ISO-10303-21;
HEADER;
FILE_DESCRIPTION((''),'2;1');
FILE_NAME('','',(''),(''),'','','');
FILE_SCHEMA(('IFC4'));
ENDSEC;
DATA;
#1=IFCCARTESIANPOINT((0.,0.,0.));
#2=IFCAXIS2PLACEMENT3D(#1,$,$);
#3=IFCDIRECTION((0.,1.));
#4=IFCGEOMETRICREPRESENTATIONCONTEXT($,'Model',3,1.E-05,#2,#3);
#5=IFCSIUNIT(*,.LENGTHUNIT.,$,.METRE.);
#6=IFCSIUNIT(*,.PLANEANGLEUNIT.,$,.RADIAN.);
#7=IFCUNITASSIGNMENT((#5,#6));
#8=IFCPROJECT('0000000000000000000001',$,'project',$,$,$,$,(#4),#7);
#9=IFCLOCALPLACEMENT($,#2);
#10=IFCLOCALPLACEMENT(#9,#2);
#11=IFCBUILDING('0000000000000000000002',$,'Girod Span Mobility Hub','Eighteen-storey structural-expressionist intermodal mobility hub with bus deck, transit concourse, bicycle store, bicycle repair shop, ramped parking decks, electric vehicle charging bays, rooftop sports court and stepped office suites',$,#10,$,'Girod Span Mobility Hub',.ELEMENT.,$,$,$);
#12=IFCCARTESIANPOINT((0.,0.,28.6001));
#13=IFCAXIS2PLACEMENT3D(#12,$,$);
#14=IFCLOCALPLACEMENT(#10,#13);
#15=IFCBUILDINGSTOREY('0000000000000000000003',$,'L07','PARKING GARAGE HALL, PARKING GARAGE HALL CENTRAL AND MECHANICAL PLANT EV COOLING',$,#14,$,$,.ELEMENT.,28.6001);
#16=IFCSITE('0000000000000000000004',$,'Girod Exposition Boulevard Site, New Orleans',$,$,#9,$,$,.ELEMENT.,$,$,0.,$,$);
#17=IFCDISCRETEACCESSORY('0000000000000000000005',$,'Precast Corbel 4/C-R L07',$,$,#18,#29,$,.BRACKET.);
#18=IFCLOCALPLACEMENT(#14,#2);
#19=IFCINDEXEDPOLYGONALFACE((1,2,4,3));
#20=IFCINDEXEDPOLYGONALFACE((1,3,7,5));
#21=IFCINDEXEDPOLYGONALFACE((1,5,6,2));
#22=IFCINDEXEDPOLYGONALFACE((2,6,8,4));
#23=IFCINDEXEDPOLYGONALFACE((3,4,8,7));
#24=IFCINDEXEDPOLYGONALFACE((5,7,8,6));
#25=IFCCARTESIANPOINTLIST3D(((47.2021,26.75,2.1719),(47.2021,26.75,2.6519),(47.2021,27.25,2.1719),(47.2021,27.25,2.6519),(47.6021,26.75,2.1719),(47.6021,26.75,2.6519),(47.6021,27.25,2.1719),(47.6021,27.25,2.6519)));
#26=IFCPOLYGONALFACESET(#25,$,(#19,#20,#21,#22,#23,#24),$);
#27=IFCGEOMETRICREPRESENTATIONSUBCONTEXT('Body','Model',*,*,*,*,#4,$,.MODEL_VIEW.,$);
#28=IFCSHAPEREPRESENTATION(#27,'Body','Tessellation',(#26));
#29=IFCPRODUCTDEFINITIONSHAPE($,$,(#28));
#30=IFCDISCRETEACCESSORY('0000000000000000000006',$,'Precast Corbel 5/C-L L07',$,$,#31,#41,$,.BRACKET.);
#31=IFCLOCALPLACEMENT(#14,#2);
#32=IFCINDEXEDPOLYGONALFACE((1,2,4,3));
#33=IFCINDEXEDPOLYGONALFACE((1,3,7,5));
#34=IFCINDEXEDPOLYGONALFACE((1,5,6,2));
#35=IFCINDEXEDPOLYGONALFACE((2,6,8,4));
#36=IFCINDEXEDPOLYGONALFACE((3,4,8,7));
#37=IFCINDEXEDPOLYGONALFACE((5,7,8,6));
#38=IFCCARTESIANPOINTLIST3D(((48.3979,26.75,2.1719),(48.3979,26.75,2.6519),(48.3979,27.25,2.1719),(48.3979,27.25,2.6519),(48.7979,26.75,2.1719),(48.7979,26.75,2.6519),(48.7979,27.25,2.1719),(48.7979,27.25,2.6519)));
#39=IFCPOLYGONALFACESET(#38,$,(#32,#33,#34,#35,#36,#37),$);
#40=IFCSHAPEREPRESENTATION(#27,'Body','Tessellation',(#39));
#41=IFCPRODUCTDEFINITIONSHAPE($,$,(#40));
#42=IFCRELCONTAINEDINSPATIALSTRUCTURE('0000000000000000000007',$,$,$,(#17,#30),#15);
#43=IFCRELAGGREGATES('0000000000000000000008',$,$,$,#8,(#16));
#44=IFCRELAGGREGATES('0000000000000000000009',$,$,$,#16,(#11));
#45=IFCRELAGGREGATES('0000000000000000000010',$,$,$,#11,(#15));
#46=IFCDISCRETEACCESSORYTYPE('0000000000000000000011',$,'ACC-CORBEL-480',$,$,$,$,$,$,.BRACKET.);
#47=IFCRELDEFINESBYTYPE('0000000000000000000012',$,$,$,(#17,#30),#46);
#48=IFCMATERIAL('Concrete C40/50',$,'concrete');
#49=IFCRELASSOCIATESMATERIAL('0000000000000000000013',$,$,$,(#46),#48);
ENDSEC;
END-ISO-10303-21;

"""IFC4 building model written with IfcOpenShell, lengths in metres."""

from ifc_helpers import new_model, si_unit, direction, frame, origin, origin_2d, place, context, subcontext, project, spatial, rectangle, extrude, material, type_object, element, save


model = new_model("IFC4")

# Units and contexts
model_context = context("Model", 3, precision=1e-05, world=origin(), true_north=direction((0.0, 1.0)))
body_context = subcontext(model_context, "Body", "Model", "MODEL_VIEW")
ifc_project = project(units=[si_unit("LENGTHUNIT", "METRE"), si_unit("PLANEANGLEUNIT", "RADIAN")], contexts=[model_context])

# Site, building, storey
site_placement = place(None, origin())
site = spatial("IfcSite", under=ifc_project, at=site_placement, Name="Girod Exposition Boulevard Site, New Orleans", CompositionType="ELEMENT", RefElevation=0.0)
building_placement = place(site_placement, origin())
building = spatial("IfcBuilding", under=site, at=building_placement, Name="Girod Span Mobility Hub", Description="Eighteen-storey structural-expressionist intermodal mobility hub with bus deck, transit concourse, bicycle store, bicycle repair shop, ramped parking decks, electric vehicle charging bays, rooftop sports court and stepped office suites", LongName="Girod Span Mobility Hub", CompositionType="ELEMENT")
storey_placement = place(building_placement, frame((0.0, 0.0, 28.6001)))
storey = spatial("IfcBuildingStorey", under=building, at=storey_placement, Name="L07", Description="PARKING GARAGE HALL, PARKING GARAGE HALL CENTRAL AND MECHANICAL PLANT EV COOLING", CompositionType="ELEMENT", Elevation=28.6001)

# Discrete accessories
ifc_material_1 = material(Name="Concrete C40/50", Category="concrete")
discrete_accessory_type = type_object("IfcDiscreteAccessoryType", Name="ACC-CORBEL-480", PredefinedType="BRACKET", material=ifc_material_1)
for number, where, z_axis, x_axis, name in (
    (1, (47.4021, 27.0, 2.1719), (0.0, 0.0, 1.0), (1.0, 0.0, 0.0), "Precast Corbel 4/C-R L07"),
    (2, (48.5979, 27.0, 2.1719), (0.0, 0.0, 1.0), (1.0, 0.0, 0.0), "Precast Corbel 5/C-L L07"),
):
    element("IfcDiscreteAccessory", number, at=place(storey_placement, frame(where, z_axis=z_axis, x_axis=x_axis)), inside=storey, type_object=discrete_accessory_type, Name=name, PredefinedType="BRACKET", context=body_context, shape_type="SweptSolid", body=[
        extrude(rectangle(XDim=0.3999, YDim=0.5, at=origin_2d()), origin(), (0.0, 0.0, 1.0), 0.48),
    ])

save(model, "model.ifc")
